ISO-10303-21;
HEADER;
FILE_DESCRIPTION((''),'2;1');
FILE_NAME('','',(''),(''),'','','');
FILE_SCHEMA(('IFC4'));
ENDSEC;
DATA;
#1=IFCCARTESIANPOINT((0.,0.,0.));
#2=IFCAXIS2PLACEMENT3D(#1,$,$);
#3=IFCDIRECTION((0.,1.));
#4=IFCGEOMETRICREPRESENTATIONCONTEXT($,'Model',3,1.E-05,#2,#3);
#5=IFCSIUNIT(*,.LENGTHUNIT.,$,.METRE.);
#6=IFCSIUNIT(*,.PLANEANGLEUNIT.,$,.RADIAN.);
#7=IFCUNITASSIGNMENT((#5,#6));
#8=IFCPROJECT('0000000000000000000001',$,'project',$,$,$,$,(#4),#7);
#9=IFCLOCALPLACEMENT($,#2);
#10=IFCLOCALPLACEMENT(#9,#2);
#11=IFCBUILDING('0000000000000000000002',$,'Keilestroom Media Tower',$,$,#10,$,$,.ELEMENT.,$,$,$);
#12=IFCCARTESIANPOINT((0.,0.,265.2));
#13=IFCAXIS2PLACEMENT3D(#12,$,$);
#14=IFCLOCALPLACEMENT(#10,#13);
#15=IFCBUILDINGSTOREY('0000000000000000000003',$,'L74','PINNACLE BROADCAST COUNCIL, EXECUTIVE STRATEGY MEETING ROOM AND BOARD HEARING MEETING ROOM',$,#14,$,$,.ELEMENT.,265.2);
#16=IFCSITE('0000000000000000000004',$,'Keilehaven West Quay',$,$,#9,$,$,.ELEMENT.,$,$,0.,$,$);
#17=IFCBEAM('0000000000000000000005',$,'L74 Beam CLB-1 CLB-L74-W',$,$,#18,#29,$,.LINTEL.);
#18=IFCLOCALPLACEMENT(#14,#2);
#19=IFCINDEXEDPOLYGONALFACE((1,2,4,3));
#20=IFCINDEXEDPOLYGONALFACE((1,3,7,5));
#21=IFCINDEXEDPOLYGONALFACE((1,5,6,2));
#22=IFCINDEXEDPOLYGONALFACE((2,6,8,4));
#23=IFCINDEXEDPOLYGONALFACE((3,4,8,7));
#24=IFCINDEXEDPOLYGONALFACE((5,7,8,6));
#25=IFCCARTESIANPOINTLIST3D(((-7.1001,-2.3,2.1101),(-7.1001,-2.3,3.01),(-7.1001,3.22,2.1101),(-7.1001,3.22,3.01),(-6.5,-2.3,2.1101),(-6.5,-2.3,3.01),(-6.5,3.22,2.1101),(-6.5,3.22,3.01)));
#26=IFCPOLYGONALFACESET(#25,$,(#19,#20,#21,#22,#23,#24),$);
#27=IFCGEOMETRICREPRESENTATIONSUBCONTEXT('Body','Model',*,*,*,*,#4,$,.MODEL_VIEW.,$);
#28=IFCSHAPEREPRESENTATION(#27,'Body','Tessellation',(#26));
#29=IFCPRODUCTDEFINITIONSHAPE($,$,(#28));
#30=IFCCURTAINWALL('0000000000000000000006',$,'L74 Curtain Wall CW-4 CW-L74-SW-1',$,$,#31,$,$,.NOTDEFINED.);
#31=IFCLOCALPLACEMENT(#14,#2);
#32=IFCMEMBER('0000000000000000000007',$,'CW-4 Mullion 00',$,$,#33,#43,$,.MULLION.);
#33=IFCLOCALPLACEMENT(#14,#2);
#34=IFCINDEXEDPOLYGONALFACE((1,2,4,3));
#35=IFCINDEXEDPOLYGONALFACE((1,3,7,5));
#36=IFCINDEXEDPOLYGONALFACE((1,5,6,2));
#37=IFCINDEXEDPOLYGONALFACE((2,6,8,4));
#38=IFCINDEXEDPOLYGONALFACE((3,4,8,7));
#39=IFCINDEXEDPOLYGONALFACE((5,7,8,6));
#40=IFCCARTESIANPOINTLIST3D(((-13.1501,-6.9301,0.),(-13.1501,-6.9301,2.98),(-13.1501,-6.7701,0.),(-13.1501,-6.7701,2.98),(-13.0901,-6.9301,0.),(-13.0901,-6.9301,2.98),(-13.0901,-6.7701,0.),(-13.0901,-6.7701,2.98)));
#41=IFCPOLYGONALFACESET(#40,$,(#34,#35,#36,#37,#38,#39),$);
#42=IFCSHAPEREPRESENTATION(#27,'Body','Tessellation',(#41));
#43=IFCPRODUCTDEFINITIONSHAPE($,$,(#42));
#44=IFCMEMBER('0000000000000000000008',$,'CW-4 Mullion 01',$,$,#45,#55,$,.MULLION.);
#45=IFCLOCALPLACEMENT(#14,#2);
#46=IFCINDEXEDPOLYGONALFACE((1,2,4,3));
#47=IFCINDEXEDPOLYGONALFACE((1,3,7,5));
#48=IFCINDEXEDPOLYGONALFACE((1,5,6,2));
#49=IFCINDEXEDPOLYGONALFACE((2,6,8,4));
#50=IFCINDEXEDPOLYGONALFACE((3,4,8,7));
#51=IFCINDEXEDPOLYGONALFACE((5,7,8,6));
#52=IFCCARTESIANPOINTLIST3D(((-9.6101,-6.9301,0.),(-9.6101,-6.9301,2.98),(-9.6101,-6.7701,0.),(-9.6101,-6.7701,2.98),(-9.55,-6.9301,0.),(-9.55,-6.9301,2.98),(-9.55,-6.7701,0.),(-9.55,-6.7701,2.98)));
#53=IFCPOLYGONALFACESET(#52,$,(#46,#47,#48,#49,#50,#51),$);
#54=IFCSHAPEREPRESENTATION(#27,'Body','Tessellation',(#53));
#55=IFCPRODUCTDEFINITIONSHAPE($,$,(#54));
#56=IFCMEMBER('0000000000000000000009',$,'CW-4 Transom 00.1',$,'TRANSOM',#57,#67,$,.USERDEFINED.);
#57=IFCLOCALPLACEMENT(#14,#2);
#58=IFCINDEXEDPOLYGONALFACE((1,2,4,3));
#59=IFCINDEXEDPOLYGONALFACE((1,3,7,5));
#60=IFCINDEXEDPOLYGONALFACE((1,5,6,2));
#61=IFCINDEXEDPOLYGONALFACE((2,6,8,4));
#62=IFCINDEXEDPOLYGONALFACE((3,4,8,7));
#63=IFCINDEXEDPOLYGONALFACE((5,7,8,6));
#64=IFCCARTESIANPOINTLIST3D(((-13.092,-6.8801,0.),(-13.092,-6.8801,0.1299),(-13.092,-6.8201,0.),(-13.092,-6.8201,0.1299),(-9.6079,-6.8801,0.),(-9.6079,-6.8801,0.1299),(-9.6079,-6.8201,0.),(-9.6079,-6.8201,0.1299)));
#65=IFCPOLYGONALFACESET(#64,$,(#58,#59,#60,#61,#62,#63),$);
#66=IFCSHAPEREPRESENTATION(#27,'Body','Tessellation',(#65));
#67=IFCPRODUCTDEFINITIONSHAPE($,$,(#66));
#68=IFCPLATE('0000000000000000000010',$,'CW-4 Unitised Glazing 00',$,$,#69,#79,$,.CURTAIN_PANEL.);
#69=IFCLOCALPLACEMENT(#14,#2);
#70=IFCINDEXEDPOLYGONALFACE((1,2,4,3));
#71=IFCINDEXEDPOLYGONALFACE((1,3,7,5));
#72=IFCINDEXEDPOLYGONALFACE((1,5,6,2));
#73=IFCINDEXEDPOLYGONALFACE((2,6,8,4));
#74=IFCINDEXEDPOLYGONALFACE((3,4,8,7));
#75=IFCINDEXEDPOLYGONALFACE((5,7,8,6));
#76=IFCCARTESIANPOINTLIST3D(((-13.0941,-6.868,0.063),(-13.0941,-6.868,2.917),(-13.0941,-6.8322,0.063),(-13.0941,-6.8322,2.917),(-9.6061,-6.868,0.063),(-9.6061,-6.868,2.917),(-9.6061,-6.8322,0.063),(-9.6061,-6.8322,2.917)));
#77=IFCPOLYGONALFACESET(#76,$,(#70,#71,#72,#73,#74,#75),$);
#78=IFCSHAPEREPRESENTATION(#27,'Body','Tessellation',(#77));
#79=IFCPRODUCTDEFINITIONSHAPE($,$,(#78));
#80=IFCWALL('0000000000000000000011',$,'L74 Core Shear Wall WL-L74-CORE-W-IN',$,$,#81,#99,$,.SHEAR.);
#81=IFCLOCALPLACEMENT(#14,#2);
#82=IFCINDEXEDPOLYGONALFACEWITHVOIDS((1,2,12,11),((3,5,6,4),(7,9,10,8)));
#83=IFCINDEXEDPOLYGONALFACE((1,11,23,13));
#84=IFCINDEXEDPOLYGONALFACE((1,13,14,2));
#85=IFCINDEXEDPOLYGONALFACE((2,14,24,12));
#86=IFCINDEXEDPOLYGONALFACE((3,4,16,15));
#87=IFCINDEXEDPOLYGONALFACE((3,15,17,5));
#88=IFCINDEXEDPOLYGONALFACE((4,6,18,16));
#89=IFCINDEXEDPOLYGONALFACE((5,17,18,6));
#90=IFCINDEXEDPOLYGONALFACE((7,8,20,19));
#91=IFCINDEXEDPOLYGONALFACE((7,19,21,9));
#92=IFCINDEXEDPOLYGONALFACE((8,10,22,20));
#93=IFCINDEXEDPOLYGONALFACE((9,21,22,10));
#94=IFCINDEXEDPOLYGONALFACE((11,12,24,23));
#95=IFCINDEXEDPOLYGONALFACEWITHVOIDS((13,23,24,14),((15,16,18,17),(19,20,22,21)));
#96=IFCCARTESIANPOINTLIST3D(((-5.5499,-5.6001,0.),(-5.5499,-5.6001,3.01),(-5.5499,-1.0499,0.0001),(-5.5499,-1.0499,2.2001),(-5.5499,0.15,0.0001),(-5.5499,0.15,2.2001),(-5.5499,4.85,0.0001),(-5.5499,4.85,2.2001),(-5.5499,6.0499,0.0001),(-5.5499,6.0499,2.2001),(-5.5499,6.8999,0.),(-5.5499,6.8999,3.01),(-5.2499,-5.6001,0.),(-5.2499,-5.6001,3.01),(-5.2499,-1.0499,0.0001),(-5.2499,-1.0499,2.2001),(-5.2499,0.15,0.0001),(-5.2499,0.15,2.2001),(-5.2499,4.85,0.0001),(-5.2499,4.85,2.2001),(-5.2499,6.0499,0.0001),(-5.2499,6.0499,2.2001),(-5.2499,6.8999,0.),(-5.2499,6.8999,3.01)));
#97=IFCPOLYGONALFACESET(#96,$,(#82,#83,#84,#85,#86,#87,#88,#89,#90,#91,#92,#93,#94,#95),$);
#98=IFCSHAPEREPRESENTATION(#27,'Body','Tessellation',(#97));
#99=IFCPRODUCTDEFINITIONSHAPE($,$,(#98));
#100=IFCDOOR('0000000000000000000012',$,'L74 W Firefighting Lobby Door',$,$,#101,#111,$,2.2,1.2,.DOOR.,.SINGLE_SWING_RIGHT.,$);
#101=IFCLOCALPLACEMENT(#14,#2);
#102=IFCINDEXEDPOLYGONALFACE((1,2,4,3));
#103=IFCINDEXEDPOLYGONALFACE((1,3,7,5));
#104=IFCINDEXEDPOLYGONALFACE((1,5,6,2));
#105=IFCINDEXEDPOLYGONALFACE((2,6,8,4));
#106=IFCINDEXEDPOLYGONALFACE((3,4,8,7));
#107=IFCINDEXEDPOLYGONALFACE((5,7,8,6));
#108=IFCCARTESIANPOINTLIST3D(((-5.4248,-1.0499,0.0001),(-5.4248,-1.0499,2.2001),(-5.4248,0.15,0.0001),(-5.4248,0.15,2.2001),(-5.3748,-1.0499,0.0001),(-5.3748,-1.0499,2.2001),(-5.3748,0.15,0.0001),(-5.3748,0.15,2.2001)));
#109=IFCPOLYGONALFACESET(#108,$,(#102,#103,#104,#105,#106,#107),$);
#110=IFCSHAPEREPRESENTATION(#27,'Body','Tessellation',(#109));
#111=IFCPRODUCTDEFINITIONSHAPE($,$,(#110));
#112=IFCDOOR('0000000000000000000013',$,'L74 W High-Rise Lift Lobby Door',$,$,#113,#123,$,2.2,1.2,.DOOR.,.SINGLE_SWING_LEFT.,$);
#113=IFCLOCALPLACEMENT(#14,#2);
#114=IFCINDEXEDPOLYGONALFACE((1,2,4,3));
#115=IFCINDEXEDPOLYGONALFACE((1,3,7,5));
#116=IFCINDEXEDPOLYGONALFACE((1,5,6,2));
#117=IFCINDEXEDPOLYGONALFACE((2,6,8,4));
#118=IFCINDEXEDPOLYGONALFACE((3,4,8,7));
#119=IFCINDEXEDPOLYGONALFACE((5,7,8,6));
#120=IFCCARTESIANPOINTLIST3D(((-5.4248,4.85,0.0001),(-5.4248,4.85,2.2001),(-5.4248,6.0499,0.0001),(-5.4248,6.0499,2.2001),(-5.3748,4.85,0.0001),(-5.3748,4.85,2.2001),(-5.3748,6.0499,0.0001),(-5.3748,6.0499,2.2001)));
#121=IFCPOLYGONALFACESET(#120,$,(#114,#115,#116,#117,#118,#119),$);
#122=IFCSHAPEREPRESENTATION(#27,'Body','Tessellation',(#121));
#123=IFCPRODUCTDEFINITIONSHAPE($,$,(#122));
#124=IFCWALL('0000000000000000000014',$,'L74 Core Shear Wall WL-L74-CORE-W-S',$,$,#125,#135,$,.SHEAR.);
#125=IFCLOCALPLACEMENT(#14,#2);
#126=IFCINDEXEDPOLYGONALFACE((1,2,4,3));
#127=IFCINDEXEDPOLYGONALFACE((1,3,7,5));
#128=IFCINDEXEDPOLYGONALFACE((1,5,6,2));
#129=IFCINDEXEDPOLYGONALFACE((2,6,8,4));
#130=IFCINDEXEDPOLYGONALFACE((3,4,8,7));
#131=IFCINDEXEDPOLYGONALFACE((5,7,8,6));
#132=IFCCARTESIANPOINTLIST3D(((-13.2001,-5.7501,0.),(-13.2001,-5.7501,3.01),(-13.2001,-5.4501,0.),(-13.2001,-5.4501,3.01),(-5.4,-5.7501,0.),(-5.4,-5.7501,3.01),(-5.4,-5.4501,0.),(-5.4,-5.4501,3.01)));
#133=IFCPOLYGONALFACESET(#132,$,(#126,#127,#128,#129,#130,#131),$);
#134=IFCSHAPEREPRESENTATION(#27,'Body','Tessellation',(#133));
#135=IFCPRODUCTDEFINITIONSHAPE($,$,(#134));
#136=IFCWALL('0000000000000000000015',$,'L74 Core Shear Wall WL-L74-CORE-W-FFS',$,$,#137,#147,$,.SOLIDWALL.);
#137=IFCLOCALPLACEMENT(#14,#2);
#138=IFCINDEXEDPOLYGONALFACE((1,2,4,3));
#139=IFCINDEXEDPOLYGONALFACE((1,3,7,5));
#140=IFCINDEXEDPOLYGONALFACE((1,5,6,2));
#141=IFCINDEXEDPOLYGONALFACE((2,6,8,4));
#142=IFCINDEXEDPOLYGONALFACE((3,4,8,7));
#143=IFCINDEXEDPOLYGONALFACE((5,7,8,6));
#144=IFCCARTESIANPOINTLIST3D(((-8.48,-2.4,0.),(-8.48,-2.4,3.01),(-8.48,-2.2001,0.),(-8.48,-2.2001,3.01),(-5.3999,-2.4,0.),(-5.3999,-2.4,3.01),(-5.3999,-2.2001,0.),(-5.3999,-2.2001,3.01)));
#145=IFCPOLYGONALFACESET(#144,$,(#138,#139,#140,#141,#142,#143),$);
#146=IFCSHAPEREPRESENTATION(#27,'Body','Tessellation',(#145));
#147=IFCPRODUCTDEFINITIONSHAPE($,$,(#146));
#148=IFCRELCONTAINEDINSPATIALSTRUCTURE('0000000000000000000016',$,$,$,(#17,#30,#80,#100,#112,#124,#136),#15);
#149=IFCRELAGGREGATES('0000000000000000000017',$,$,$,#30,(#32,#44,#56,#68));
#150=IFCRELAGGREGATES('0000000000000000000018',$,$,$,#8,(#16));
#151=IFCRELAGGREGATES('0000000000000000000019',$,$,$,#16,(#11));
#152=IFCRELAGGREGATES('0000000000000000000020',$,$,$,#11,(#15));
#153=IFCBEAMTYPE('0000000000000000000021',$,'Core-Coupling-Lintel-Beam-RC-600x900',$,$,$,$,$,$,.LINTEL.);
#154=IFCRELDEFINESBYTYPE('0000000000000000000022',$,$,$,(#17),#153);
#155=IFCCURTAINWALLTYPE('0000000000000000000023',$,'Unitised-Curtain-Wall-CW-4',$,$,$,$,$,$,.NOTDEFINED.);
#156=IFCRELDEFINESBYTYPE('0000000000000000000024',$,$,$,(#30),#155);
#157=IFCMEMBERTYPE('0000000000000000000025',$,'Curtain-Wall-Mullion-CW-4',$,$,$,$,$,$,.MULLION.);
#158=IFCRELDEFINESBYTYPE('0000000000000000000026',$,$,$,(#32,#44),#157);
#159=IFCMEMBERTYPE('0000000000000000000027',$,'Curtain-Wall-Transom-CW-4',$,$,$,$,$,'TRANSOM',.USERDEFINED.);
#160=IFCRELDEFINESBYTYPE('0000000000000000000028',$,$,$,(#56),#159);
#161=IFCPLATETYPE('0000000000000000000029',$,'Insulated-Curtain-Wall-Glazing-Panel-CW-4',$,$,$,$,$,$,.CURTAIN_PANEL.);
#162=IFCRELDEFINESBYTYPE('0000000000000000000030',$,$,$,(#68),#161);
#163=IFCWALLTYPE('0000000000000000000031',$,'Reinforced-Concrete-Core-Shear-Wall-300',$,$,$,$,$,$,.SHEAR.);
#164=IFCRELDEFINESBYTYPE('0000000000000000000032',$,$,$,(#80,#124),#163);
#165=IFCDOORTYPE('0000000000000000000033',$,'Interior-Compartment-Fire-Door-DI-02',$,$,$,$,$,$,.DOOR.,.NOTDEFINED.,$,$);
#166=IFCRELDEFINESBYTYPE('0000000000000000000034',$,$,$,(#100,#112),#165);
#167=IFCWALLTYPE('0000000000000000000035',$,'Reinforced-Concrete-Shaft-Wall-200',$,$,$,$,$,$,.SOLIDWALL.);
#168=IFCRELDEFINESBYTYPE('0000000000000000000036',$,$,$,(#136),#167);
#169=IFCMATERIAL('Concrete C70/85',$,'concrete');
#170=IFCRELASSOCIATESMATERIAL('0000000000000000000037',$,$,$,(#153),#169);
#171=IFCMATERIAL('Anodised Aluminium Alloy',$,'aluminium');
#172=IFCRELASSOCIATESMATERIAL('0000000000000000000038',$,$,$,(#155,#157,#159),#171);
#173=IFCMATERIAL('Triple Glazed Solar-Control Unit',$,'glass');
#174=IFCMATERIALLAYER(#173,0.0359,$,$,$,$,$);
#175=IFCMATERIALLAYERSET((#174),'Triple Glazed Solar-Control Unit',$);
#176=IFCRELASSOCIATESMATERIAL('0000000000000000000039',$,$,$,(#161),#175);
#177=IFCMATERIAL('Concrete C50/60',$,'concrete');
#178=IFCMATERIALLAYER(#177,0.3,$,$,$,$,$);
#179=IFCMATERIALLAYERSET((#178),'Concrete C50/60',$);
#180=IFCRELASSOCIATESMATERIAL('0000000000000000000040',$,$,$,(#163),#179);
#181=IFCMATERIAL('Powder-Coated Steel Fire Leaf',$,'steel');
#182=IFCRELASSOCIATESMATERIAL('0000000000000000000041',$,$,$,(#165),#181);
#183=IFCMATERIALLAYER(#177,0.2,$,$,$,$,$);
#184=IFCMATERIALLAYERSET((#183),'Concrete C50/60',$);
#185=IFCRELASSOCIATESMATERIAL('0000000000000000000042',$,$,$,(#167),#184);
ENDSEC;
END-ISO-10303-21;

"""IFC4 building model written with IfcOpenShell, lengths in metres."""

from ifc_helpers import new_model, si_unit, direction, frame, frame_2d, origin, origin_2d, place, context, subcontext, project, spatial, rectangle, extrude, source, transform, mapped, material, layer, layer_set, material_profile, profile_set, type_object, element, fill, aggregate, save


model = new_model("IFC4")

# Units and contexts
model_context = context("Model", 3, precision=1e-05, world=origin(), true_north=direction((0.0, 1.0)))
body_context = subcontext(model_context, "Body", "Model", "MODEL_VIEW")
ifc_project = project(units=[si_unit("LENGTHUNIT", "METRE"), si_unit("PLANEANGLEUNIT", "RADIAN")], contexts=[model_context])

# Site, building, storey
site_placement = place(None, origin())
site = spatial("IfcSite", under=ifc_project, at=site_placement, Name="Keilehaven West Quay", CompositionType="ELEMENT", RefElevation=0.0)
building_placement = place(site_placement, origin())
building = spatial("IfcBuilding", under=site, at=building_placement, Name="Keilestroom Media Tower", CompositionType="ELEMENT")
storey_placement = place(building_placement, frame((0.0, 0.0, 265.2)))
storey = spatial("IfcBuildingStorey", under=building, at=storey_placement, Name="L74", Description="PINNACLE BROADCAST COUNCIL, EXECUTIVE STRATEGY MEETING ROOM AND BOARD HEARING MEETING ROOM", CompositionType="ELEMENT", Elevation=265.2)

# Beam
ifc_material_1 = material(Name="Concrete C70/85", Category="concrete")
ifc_material_profile_1 = material_profile(ifc_material_1, rectangle(XDim=0.6001, YDim=0.8999, at=origin_2d()), Name="RC 600x900")
ifc_profile_set_1 = profile_set([ifc_material_profile_1], Name="Concrete C70/85")
beam_type = type_object("IfcBeamType", Name="Core-Coupling-Lintel-Beam-RC-600x900", PredefinedType="LINTEL", material=ifc_profile_set_1)
shared_shape_1 = source(origin(), body_context, "Body", "SweptSolid", [
    extrude(rectangle(XDim=0.6001, YDim=0.8999, at=origin_2d()), origin(), (0.0, 0.0, 1.0), 5.52),
])
beam_placement = place(storey_placement, frame((-6.8, -2.3, 2.5601), z_axis=(0.0, 1.0, 0.0), x_axis=(-1.0, 0.0, 0.0)))
element("IfcBeam", 1, at=beam_placement, inside=storey, type_object=beam_type, Name="L74 Beam CLB-1 CLB-L74-W", PredefinedType="LINTEL", context=body_context, shape_type="MappedRepresentation", body=[
    mapped(shared_shape_1, transform((0.0, 0.0, 0.0), x_axis=(1.0, 0.0, 0.0), y_axis=(0.0, 1.0, 0.0), z_axis=(0.0, 0.0, 1.0), scale=1.0)),
])

# Curtain wall, members, plate
ifc_material_2 = material(Name="Anodised Aluminium Alloy", Category="aluminium")
curtain_wall_type = type_object("IfcCurtainWallType", Name="Unitised-Curtain-Wall-CW-4", PredefinedType="NOTDEFINED", material=ifc_material_2)
curtain_wall_placement = place(storey_placement, origin())
curtain_wall = element("IfcCurtainWall", 2, at=curtain_wall_placement, inside=storey, type_object=curtain_wall_type, Name="L74 Curtain Wall CW-4 CW-L74-SW-1", PredefinedType="NOTDEFINED")
ifc_material_profile_2 = material_profile(ifc_material_2, rectangle(XDim=0.0601, YDim=0.1599, at=origin_2d()), Name="ALU MULLION 60x160")
ifc_profile_set_2 = profile_set([ifc_material_profile_2], Name="Anodised Aluminium Alloy")
member_type_1 = type_object("IfcMemberType", Name="Curtain-Wall-Mullion-CW-4", PredefinedType="MULLION", material=ifc_profile_set_2)
shared_shape_2 = source(origin(), body_context, "Body", "SweptSolid", [
    extrude(rectangle(XDim=0.0601, YDim=0.1599, at=origin_2d()), origin(), (0.0, 0.0, 1.0), 2.98),
])
member_1_placement = place(storey_placement, frame((-13.1201, -6.8501, 0.0), z_axis=(0.0, 0.0, 1.0), x_axis=(1.0, 0.0, 0.0)))
member_1 = element("IfcMember", 3, at=member_1_placement, type_object=member_type_1, Name="CW-4 Mullion 00", PredefinedType="MULLION", context=body_context, shape_type="MappedRepresentation", body=[
    mapped(shared_shape_2, transform((0.0, 0.0, 0.0), x_axis=(1.0, 0.0, 0.0), y_axis=(0.0, 1.0, 0.0), z_axis=(0.0, 0.0, 1.0), scale=1.0)),
])
member_2_placement = place(storey_placement, frame((-9.5801, -6.8501, 0.0), z_axis=(0.0, 0.0, 1.0), x_axis=(1.0, 0.0, 0.0)))
member_2 = element("IfcMember", 4, at=member_2_placement, type_object=member_type_1, Name="CW-4 Mullion 01", PredefinedType="MULLION", context=body_context, shape_type="MappedRepresentation", body=[
    mapped(shared_shape_2, transform((0.0, 0.0, 0.0), x_axis=(1.0, 0.0, 0.0), y_axis=(0.0, 1.0, 0.0), z_axis=(0.0, 0.0, 1.0), scale=1.0)),
])
ifc_material_profile_3 = material_profile(ifc_material_2, rectangle(XDim=0.0601, YDim=0.1299, at=origin_2d()), Name="ALU TRANSOM 60x130")
ifc_profile_set_3 = profile_set([ifc_material_profile_3], Name="Anodised Aluminium Alloy")
member_type_2 = type_object("IfcMemberType", Name="Curtain-Wall-Transom-CW-4", ElementType="TRANSOM", PredefinedType="USERDEFINED", material=ifc_profile_set_3)
shared_shape_3 = source(origin(), body_context, "Body", "SweptSolid", [
    extrude(rectangle(XDim=0.0601, YDim=0.1299, at=origin_2d()), origin(), (0.0, 0.0, 1.0), 3.4841),
])
member_3_placement = place(storey_placement, frame((-13.092, -6.8501, 0.0649), z_axis=(1.0, 0.0, 0.0), x_axis=(0.0, 1.0, 0.0)))
member_3 = element("IfcMember", 5, at=member_3_placement, type_object=member_type_2, Name="CW-4 Transom 00.1", ObjectType="TRANSOM", PredefinedType="USERDEFINED", context=body_context, shape_type="MappedRepresentation", body=[
    mapped(shared_shape_3, transform((0.0, 0.0, 0.0), x_axis=(1.0, 0.0, 0.0), y_axis=(0.0, 1.0, 0.0), z_axis=(0.0, 0.0, 1.0), scale=1.0)),
])
ifc_material_3 = material(Name="Triple Glazed Solar-Control Unit", Category="glass")
ifc_layer_1 = layer(ifc_material_3, 0.0359)
ifc_layer_set_1 = layer_set([ifc_layer_1], Name="Triple Glazed Solar-Control Unit")
plate_type = type_object("IfcPlateType", Name="Insulated-Curtain-Wall-Glazing-Panel-CW-4", PredefinedType="CURTAIN_PANEL", material=ifc_layer_set_1)
shared_shape_4 = source(origin(), body_context, "Body", "SweptSolid", [
    extrude(rectangle(XDim=3.488, YDim=0.0359, at=origin_2d()), origin(), (0.0, 0.0, 1.0), 2.854),
])
plate_placement = place(storey_placement, frame((-11.3501, -6.8501, 0.063), z_axis=(0.0, 0.0, 1.0), x_axis=(1.0, 0.0, 0.0)))
plate = element("IfcPlate", 6, at=plate_placement, type_object=plate_type, Name="CW-4 Unitised Glazing 00", PredefinedType="CURTAIN_PANEL", context=body_context, shape_type="MappedRepresentation", body=[
    mapped(shared_shape_4, transform((0.0, 0.0, 0.0), x_axis=(1.0, 0.0, 0.0), y_axis=(0.0, 1.0, 0.0), z_axis=(0.0, 0.0, 1.0), scale=1.0)),
])
aggregate(curtain_wall, [member_1, member_2, member_3, plate])

# Wall, openings, doors
ifc_material_4 = material(Name="Concrete C50/60", Category="concrete")
ifc_layer_2 = layer(ifc_material_4, 0.3)
ifc_layer_set_2 = layer_set([ifc_layer_2], Name="Concrete C50/60")
wall_type_1 = type_object("IfcWallType", Name="Reinforced-Concrete-Core-Shear-Wall-300", PredefinedType="SHEAR", material=ifc_layer_set_2)
wall_1_placement = place(storey_placement, frame((-5.3999, -5.6001, 0.0), z_axis=(0.0, 0.0, 1.0), x_axis=(0.0, 1.0, 0.0)))
wall_1 = element("IfcWall", 7, at=wall_1_placement, inside=storey, type_object=wall_type_1, Name="L74 Core Shear Wall WL-L74-CORE-W-IN", PredefinedType="SHEAR", context=body_context, shape_type="SweptSolid", body=[
    extrude(rectangle(XDim=12.5, YDim=0.3, at=frame_2d((6.25, 0.0))), origin(), (0.0, 0.0, 1.0), 3.01),
])
opening_1_placement = place(wall_1_placement, frame((4.55, 0.0, 0.0)))
opening_1 = element("IfcOpeningElement", 8, at=opening_1_placement, cuts=wall_1, PredefinedType="OPENING", context=body_context, shape_type="SweptSolid", body=[
    extrude(rectangle(XDim=1.2, YDim=2.2, at=frame_2d((0.6001, 1.1001))), frame((0.0, 0.1602, 0.0), z_axis=(0.0, -1.0, 0.0), x_axis=(1.0, 0.0, 0.0)), (0.0, 0.0, 1.0), 0.3201),
])
opening_2_placement = place(wall_1_placement, frame((10.45, 0.0, 0.0)))
opening_2 = element("IfcOpeningElement", 9, at=opening_2_placement, cuts=wall_1, PredefinedType="OPENING", context=body_context, shape_type="SweptSolid", body=[
    extrude(rectangle(XDim=1.2, YDim=2.2, at=frame_2d((0.6001, 1.1001))), frame((0.0, 0.1602, 0.0), z_axis=(0.0, -1.0, 0.0), x_axis=(1.0, 0.0, 0.0)), (0.0, 0.0, 1.0), 0.3201),
])
ifc_material_5 = material(Name="Powder-Coated Steel Fire Leaf", Category="steel")
door_type_1 = type_object("IfcDoorType", Name="Interior-Compartment-Fire-Door-DI-02", OperationType="NOTDEFINED", PredefinedType="DOOR", material=ifc_material_5)
shared_shape_5 = source(origin(), body_context, "Body", "SweptSolid", [
    extrude(rectangle(XDim=1.2, YDim=2.2, at=frame_2d((0.6001, 1.1001))), frame((0.0, 0.0249, 0.0), z_axis=(0.0, -1.0, 0.0), x_axis=(1.0, 0.0, 0.0)), (0.0, 0.0, 1.0), 0.05),
])
door_1_placement = place(opening_1_placement, origin())
door_1 = element("IfcDoor", 10, at=door_1_placement, inside=storey, type_object=door_type_1, Name="L74 W Firefighting Lobby Door", OperationType="SINGLE_SWING_RIGHT", OverallHeight=2.2, OverallWidth=1.2, PredefinedType="DOOR", context=body_context, shape_type="MappedRepresentation", body=[
    mapped(shared_shape_5, transform((0.0, 0.0, 0.0), x_axis=(1.0, 0.0, 0.0), y_axis=(0.0, 1.0, 0.0), z_axis=(0.0, 0.0, 1.0), scale=1.0)),
])
fill(opening_1, door_1)
door_2_placement = place(opening_2_placement, origin())
door_2 = element("IfcDoor", 11, at=door_2_placement, inside=storey, type_object=door_type_1, Name="L74 W High-Rise Lift Lobby Door", OperationType="SINGLE_SWING_LEFT", OverallHeight=2.2, OverallWidth=1.2, PredefinedType="DOOR", context=body_context, shape_type="MappedRepresentation", body=[
    mapped(shared_shape_5, transform((0.0, 0.0, 0.0), x_axis=(1.0, 0.0, 0.0), y_axis=(0.0, 1.0, 0.0), z_axis=(0.0, 0.0, 1.0), scale=1.0)),
])
fill(opening_2, door_2)

# Walls
wall_2_placement = place(storey_placement, frame((-13.2, -5.6001, 0.0), z_axis=(0.0, 0.0, 1.0), x_axis=(1.0, 0.0, 0.0)))
element("IfcWall", 12, at=wall_2_placement, inside=storey, type_object=wall_type_1, Name="L74 Core Shear Wall WL-L74-CORE-W-S", PredefinedType="SHEAR", context=body_context, shape_type="SweptSolid", body=[
    extrude(rectangle(XDim=7.8, YDim=0.3, at=frame_2d((3.8999, 0.0))), origin(), (0.0, 0.0, 1.0), 3.01),
])
ifc_layer_3 = layer(ifc_material_4, 0.2)
ifc_layer_set_3 = layer_set([ifc_layer_3], Name="Concrete C50/60")
wall_type_2 = type_object("IfcWallType", Name="Reinforced-Concrete-Shaft-Wall-200", PredefinedType="SOLIDWALL", material=ifc_layer_set_3)
wall_3_placement = place(storey_placement, frame((-8.48, -2.3, 0.0), z_axis=(0.0, 0.0, 1.0), x_axis=(1.0, 0.0, 0.0)))
element("IfcWall", 13, at=wall_3_placement, inside=storey, type_object=wall_type_2, Name="L74 Core Shear Wall WL-L74-CORE-W-FFS", PredefinedType="SOLIDWALL", context=body_context, shape_type="SweptSolid", body=[
    extrude(rectangle(XDim=3.0801, YDim=0.2, at=frame_2d((1.54, 0.0))), origin(), (0.0, 0.0, 1.0), 3.01),
])

save(model, "model.ifc")
